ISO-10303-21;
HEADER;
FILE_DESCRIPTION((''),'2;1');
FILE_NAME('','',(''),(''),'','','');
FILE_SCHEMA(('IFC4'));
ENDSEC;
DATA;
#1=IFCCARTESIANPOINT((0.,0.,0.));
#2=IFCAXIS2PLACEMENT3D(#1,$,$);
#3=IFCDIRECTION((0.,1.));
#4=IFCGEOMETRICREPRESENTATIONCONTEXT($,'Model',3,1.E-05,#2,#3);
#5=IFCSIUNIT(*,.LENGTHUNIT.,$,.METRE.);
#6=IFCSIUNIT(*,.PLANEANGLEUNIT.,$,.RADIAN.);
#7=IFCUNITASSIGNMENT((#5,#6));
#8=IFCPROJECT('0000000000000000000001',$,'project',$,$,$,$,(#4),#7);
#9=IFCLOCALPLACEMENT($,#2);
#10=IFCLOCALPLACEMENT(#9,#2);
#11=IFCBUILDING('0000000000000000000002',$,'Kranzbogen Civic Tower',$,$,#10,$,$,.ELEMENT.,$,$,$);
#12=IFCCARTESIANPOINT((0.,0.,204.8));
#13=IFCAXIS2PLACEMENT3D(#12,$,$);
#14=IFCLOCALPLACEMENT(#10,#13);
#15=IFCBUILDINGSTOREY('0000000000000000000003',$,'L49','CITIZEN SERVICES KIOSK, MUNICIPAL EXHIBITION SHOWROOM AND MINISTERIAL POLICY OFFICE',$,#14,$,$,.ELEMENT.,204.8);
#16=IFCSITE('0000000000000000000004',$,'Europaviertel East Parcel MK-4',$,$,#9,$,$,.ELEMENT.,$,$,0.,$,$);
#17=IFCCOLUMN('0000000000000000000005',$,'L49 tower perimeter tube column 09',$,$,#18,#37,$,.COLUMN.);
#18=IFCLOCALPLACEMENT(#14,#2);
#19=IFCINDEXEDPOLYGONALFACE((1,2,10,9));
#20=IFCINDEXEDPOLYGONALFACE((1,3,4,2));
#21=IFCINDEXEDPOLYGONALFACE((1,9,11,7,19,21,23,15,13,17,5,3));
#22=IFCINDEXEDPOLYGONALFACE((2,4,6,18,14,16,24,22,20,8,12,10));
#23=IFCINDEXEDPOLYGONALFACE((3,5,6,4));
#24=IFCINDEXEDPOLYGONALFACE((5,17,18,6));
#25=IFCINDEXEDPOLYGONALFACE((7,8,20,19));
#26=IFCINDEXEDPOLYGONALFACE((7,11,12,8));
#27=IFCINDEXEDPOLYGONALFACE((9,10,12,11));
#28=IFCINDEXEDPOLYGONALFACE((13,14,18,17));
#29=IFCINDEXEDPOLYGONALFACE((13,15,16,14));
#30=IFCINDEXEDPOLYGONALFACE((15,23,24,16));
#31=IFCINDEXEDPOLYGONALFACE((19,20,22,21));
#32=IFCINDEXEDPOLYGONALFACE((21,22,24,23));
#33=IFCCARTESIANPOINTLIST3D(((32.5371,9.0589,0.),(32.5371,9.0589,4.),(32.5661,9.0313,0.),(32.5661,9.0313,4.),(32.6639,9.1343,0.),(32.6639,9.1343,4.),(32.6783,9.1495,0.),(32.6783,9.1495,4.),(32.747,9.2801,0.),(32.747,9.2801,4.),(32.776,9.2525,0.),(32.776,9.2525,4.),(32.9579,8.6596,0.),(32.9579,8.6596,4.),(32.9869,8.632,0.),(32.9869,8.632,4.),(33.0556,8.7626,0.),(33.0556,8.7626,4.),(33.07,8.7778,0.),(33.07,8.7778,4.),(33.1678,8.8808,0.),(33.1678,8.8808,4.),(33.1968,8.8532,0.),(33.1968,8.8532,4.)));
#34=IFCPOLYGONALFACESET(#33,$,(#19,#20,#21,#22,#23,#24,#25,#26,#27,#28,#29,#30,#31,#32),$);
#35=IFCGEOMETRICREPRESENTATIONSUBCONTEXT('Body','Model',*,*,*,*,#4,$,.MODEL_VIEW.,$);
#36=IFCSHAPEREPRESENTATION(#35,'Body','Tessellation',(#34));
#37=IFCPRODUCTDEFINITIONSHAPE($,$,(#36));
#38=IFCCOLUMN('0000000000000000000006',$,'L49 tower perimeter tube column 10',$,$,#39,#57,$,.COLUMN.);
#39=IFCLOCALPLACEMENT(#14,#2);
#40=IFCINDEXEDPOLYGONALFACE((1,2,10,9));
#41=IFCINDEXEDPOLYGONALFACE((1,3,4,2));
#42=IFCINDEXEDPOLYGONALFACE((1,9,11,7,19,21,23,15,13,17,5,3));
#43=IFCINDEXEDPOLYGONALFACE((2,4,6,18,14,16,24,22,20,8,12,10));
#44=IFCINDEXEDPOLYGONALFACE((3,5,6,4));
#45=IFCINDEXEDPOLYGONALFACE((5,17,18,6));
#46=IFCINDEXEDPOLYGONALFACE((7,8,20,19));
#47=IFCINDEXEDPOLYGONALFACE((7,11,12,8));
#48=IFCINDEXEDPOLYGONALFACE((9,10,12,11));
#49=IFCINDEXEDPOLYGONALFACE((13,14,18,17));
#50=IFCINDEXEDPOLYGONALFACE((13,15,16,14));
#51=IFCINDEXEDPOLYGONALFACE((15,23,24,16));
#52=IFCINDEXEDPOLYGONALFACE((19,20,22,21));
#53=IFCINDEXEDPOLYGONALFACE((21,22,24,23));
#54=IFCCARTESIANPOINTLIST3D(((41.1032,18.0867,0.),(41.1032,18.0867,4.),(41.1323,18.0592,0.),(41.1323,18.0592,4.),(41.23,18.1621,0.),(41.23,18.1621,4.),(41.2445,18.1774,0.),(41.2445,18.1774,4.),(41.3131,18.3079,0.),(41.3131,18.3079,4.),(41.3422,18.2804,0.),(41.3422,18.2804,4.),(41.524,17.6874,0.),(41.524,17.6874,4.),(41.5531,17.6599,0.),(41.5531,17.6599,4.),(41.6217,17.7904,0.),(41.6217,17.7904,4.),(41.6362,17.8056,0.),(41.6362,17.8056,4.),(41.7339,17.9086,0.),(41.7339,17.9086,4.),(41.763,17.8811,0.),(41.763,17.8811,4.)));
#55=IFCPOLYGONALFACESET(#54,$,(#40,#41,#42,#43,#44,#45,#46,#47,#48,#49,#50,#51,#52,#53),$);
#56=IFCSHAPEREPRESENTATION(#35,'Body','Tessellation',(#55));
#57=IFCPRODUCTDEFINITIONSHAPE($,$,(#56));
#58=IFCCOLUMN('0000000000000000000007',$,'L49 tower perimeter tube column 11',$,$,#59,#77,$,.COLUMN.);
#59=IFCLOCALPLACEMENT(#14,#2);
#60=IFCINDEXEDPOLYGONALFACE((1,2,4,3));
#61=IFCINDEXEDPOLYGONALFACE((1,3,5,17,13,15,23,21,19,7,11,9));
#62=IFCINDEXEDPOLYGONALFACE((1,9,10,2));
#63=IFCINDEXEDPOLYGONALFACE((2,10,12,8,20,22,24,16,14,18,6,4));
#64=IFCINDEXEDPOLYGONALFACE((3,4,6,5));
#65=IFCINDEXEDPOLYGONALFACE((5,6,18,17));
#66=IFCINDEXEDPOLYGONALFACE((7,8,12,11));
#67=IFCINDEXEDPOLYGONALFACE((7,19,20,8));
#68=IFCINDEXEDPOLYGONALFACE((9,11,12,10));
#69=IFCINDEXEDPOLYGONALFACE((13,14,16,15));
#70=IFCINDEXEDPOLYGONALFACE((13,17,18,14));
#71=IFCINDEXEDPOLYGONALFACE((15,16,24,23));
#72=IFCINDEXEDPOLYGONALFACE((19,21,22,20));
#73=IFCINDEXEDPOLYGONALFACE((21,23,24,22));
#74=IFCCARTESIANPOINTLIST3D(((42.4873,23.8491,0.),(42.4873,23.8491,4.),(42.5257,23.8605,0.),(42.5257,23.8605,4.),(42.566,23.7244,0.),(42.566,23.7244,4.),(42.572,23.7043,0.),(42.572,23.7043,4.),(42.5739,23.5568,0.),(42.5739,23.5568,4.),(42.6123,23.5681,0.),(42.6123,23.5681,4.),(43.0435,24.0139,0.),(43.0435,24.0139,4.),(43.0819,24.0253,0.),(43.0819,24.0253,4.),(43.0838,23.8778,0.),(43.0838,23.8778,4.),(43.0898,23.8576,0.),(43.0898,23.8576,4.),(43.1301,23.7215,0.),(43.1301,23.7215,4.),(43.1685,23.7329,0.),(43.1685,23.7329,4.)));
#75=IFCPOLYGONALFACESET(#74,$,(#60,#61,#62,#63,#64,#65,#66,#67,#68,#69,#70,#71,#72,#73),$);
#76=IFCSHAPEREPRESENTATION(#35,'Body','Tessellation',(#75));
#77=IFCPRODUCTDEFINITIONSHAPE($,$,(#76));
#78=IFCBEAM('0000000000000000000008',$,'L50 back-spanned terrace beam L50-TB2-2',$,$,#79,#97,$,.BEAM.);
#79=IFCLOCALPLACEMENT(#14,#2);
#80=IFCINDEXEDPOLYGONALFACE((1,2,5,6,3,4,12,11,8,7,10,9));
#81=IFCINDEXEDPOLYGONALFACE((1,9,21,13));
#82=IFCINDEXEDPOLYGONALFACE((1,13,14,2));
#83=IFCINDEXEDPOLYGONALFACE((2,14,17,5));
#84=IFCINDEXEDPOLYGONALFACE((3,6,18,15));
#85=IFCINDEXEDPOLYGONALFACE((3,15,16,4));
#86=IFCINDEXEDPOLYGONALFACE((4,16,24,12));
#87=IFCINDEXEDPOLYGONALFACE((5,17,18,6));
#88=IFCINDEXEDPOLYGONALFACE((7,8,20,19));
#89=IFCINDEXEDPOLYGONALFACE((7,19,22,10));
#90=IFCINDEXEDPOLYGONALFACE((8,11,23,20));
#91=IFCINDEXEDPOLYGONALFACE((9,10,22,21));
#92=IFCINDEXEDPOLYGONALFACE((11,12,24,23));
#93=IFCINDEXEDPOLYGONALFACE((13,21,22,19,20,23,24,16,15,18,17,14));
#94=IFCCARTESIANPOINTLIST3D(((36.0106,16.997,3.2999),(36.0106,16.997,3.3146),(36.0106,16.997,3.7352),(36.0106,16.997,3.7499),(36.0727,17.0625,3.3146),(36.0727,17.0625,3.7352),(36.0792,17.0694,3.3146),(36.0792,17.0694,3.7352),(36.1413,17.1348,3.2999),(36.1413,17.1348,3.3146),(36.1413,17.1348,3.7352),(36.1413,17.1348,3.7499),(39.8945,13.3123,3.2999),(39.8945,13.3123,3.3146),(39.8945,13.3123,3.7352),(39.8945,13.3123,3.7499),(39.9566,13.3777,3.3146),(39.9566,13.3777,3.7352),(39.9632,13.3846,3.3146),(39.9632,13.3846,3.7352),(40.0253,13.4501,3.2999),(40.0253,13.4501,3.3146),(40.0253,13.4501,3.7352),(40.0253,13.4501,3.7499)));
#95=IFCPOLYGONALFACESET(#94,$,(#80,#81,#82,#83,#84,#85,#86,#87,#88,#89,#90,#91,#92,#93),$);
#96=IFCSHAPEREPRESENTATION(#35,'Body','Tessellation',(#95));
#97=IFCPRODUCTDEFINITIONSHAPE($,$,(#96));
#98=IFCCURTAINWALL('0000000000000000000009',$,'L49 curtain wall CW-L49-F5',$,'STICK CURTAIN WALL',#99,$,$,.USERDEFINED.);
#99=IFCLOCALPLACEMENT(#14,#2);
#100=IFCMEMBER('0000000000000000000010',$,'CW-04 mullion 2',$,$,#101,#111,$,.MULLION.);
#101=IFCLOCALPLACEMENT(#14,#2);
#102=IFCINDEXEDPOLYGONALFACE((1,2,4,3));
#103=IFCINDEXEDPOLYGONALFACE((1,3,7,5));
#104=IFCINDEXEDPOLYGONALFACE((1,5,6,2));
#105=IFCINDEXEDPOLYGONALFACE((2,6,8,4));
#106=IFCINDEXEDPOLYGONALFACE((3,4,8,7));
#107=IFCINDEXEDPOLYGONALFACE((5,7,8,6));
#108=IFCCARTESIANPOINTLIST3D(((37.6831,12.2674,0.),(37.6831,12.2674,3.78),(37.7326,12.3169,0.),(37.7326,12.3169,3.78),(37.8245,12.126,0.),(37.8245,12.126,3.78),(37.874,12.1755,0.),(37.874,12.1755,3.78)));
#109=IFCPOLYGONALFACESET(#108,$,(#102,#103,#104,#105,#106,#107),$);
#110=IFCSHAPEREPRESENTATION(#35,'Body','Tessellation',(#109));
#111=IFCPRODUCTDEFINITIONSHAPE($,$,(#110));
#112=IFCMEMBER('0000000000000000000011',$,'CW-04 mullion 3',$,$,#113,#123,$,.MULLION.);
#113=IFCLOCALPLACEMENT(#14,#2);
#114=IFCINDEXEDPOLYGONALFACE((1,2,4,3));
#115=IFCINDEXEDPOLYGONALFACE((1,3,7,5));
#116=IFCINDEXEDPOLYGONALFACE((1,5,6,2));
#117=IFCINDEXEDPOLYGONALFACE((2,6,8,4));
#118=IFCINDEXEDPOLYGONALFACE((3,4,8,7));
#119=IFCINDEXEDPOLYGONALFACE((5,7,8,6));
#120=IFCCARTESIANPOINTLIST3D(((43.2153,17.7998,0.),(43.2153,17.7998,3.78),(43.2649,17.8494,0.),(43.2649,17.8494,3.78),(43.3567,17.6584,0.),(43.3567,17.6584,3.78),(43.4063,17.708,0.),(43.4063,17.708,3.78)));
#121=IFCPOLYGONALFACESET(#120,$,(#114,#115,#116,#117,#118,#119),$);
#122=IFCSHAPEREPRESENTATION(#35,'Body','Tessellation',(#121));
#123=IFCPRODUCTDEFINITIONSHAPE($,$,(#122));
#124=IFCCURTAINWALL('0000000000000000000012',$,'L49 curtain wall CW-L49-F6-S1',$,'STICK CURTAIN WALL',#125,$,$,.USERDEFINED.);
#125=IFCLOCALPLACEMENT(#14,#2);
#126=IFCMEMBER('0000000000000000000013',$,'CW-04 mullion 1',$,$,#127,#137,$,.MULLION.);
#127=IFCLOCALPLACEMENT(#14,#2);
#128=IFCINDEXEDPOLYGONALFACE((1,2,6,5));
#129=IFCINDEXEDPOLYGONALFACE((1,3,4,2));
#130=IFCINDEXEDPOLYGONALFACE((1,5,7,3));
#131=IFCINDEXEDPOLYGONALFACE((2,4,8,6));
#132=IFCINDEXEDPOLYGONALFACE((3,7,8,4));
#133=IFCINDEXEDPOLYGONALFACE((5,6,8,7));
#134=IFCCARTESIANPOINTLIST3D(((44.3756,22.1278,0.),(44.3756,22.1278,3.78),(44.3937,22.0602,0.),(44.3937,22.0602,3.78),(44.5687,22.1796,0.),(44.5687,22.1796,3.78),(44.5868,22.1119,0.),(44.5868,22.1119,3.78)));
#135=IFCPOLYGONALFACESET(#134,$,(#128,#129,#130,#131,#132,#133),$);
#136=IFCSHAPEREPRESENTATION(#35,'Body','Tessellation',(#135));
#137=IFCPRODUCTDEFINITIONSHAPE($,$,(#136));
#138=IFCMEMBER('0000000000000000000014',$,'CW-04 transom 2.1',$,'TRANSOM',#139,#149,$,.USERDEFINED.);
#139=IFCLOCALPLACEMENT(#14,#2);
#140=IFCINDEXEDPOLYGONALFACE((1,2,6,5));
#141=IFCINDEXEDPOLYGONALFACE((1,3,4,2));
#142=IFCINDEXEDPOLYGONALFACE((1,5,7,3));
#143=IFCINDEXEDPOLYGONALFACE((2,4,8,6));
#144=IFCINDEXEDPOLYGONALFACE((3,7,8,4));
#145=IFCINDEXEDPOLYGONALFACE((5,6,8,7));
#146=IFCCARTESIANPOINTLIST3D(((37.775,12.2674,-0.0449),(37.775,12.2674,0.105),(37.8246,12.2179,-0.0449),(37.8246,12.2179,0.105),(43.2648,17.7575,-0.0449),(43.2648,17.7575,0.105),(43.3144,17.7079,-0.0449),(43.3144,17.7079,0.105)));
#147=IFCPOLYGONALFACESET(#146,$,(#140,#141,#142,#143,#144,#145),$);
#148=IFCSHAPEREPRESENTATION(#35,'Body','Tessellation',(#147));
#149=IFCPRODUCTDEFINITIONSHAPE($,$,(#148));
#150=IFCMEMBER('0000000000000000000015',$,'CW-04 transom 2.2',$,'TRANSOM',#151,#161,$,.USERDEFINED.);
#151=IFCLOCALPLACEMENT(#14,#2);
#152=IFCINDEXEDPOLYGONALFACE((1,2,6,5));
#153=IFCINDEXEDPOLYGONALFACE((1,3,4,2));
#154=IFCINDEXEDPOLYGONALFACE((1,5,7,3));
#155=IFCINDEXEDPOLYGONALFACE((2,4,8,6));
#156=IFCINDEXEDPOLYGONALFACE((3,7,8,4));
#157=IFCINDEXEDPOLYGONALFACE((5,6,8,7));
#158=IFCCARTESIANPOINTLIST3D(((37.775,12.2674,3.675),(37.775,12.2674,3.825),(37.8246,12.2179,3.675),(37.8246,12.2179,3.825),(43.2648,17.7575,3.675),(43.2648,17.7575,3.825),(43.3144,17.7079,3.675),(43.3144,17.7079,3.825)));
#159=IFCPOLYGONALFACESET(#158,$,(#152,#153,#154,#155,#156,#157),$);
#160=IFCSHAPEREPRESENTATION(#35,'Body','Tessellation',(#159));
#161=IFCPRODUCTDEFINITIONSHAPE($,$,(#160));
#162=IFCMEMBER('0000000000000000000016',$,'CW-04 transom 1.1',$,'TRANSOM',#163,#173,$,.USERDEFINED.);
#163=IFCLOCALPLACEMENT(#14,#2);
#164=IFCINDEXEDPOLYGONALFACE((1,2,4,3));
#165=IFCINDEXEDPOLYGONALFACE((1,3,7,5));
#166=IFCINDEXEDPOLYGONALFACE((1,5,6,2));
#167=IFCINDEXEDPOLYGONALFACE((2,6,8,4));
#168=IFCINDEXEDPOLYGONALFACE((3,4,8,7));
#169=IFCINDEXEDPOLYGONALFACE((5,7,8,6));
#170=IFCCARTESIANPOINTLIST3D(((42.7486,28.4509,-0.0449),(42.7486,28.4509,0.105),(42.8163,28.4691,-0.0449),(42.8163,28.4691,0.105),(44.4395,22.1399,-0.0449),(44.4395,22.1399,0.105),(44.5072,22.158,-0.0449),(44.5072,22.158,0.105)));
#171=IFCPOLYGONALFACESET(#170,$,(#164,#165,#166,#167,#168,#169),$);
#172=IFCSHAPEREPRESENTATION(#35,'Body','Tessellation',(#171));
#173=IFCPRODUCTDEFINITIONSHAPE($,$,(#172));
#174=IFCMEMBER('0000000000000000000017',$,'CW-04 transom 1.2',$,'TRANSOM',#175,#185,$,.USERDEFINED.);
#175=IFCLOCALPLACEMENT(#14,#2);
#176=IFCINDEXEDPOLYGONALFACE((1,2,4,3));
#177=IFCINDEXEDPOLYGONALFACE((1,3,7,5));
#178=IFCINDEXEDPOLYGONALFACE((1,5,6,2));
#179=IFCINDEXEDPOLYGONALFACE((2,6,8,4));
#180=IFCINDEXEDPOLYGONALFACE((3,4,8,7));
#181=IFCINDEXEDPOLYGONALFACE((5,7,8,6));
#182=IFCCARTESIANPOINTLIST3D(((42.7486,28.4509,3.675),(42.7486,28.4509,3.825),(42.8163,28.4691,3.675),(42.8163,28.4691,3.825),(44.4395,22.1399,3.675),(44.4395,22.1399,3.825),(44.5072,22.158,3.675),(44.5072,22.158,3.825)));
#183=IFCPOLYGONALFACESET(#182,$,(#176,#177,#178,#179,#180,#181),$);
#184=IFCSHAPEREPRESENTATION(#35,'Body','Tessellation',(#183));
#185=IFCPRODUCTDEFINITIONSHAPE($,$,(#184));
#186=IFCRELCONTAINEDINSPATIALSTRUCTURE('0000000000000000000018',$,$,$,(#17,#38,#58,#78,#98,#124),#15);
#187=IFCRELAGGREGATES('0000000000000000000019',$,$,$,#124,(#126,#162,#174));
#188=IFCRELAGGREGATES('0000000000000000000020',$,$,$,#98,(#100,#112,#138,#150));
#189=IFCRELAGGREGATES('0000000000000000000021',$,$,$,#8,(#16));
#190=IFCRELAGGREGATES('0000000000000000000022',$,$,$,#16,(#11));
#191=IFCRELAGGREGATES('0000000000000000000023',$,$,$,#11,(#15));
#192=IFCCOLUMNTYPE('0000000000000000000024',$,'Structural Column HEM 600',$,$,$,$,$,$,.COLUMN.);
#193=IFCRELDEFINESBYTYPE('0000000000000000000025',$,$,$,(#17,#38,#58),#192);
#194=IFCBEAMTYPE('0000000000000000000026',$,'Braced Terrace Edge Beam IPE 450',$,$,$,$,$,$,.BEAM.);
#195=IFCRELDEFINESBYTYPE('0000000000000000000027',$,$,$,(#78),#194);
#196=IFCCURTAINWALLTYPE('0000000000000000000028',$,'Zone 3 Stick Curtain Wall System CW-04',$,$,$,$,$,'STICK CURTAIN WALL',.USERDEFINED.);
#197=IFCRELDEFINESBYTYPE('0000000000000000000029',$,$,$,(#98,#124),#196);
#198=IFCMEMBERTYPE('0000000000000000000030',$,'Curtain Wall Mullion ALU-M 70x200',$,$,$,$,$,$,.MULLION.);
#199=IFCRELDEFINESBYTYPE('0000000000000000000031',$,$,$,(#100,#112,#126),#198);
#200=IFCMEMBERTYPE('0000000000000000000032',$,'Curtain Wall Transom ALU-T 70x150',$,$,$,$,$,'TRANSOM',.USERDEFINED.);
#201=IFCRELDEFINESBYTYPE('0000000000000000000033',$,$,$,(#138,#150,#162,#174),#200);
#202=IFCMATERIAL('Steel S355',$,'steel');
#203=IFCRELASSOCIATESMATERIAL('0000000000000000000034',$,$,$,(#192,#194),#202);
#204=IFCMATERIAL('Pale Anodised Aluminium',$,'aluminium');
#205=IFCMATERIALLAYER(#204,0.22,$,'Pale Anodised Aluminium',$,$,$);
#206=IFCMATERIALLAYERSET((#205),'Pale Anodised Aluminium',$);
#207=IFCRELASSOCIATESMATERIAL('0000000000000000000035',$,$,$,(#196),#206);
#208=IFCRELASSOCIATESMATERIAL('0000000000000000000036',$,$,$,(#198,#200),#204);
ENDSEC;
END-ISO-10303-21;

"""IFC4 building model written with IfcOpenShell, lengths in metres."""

from ifc_helpers import new_model, si_unit, direction, frame, origin, origin_2d, place, context, subcontext, project, spatial, rectangle, i_section, extrude, material, layer, layer_set, material_profile, profile_set, type_object, element, aggregate, save


model = new_model("IFC4")

# Units and contexts
model_context = context("Model", 3, precision=1e-05, world=origin(), true_north=direction((0.0, 1.0)))
body_context = subcontext(model_context, "Body", "Model", "MODEL_VIEW")
ifc_project = project(units=[si_unit("LENGTHUNIT", "METRE"), si_unit("PLANEANGLEUNIT", "RADIAN")], contexts=[model_context])

# Site, building, storey
site_placement = place(None, origin())
site = spatial("IfcSite", under=ifc_project, at=site_placement, Name="Europaviertel East Parcel MK-4", CompositionType="ELEMENT", RefElevation=0.0)
building_placement = place(site_placement, origin())
building = spatial("IfcBuilding", under=site, at=building_placement, Name="Kranzbogen Civic Tower", CompositionType="ELEMENT")
storey_placement = place(building_placement, frame((0.0, 0.0, 204.8)))
storey = spatial("IfcBuildingStorey", under=building, at=storey_placement, Name="L49", Description="CITIZEN SERVICES KIOSK, MUNICIPAL EXHIBITION SHOWROOM AND MINISTERIAL POLICY OFFICE", CompositionType="ELEMENT", Elevation=204.8)

# Columns
ifc_material_1 = material(Name="Steel S355", Category="steel")
ifc_material_profile_1 = material_profile(ifc_material_1, i_section(OverallWidth=0.3049, OverallDepth=0.6201, WebThickness=0.021, FlangeThickness=0.04, at=origin_2d()), Name="HEM 600")
ifc_profile_set_1 = profile_set([ifc_material_profile_1], Name="Steel S355")
column_type = type_object("IfcColumnType", Name="Structural Column HEM 600", PredefinedType="COLUMN", material=ifc_profile_set_1)
for number, where, z_axis, x_axis, name in (
    (1, (32.8669, 8.9561, 0.0), (0.0, 0.0, 1.0), (0.688355, 0.725374, 0.0), "L49 tower perimeter tube column 09"),
    (2, (41.4331, 17.9839, 0.0), (0.0, 0.0, 1.0), (0.688355, 0.725374, 0.0), "L49 tower perimeter tube column 10"),
    (3, (42.8279, 23.791, 0.0), (0.0, 0.0, 1.0), (-0.284015, 0.95882, 0.0), "L49 tower perimeter tube column 11"),
):
    element("IfcColumn", number, at=place(storey_placement, frame(where, z_axis=z_axis, x_axis=x_axis)), inside=storey, type_object=column_type, Name=name, PredefinedType="COLUMN", context=body_context, shape_type="SweptSolid", body=[
        extrude(i_section(OverallWidth=0.3049, OverallDepth=0.6201, WebThickness=0.021, FlangeThickness=0.04, at=origin_2d()), origin(), (0.0, 0.0, 1.0), 4.0),
    ])

# Beam
ifc_material_profile_2 = material_profile(ifc_material_1, i_section(OverallWidth=0.1899, OverallDepth=0.45, WebThickness=0.0095, FlangeThickness=0.0146, at=origin_2d()), Name="IPE 450")
ifc_profile_set_2 = profile_set([ifc_material_profile_2], Name="Steel S355")
beam_type_1 = type_object("IfcBeamType", Name="Braced Terrace Edge Beam IPE 450", PredefinedType="BEAM", material=ifc_profile_set_2)
beam_1_placement = place(storey_placement, frame((36.0759, 17.0659, 3.5249), z_axis=(0.725467, -0.688257, 0.0), x_axis=(0.688257, 0.725467, 0.0)))
element("IfcBeam", 4, at=beam_1_placement, inside=storey, type_object=beam_type_1, Name="L50 back-spanned terrace beam L50-TB2-2", PredefinedType="BEAM", context=body_context, shape_type="SweptSolid", body=[
    extrude(i_section(OverallWidth=0.1899, OverallDepth=0.45, WebThickness=0.0095, FlangeThickness=0.0146, at=origin_2d()), origin(), (0.0, 0.0, 1.0), 5.3538),
])

# Curtain wall, members
ifc_material_2 = material(Name="Pale Anodised Aluminium", Category="aluminium")
ifc_layer_1 = layer(ifc_material_2, 0.22, Name="Pale Anodised Aluminium")
ifc_layer_set_1 = layer_set([ifc_layer_1], Name="Pale Anodised Aluminium")
curtain_wall_type = type_object("IfcCurtainWallType", Name="Zone 3 Stick Curtain Wall System CW-04", ElementType="STICK CURTAIN WALL", PredefinedType="USERDEFINED", material=ifc_layer_set_1)
curtain_wall_1_placement = place(storey_placement, origin())
curtain_wall_1 = element("IfcCurtainWall", 5, at=curtain_wall_1_placement, inside=storey, type_object=curtain_wall_type, Name="L49 curtain wall CW-L49-F5", ObjectType="STICK CURTAIN WALL", PredefinedType="USERDEFINED")
ifc_material_profile_3 = material_profile(ifc_material_2, rectangle(XDim=0.0701, YDim=0.2, at=origin_2d()), Name="ALU-M 70x200")
ifc_profile_set_3 = profile_set([ifc_material_profile_3], Name="Pale Anodised Aluminium")
member_type_1 = type_object("IfcMemberType", Name="Curtain Wall Mullion ALU-M 70x200", PredefinedType="MULLION", material=ifc_profile_set_3)
member_1_placement = place(storey_placement, frame((37.7786, 12.2214, 0.0), z_axis=(0.0, 0.0, 1.0), x_axis=(0.707107, 0.707107, 0.0)))
member_1 = element("IfcMember", 6, at=member_1_placement, type_object=member_type_1, Name="CW-04 mullion 2", PredefinedType="MULLION", context=body_context, shape_type="SweptSolid", body=[
    extrude(rectangle(XDim=0.0701, YDim=0.2, at=origin_2d()), origin(), (0.0, 0.0, 1.0), 3.78),
])
member_2_placement = place(storey_placement, frame((43.3108, 17.7539, 0.0), z_axis=(0.0, 0.0, 1.0), x_axis=(0.707107, 0.707107, 0.0)))
member_2 = element("IfcMember", 7, at=member_2_placement, type_object=member_type_1, Name="CW-04 mullion 3", PredefinedType="MULLION", context=body_context, shape_type="SweptSolid", body=[
    extrude(rectangle(XDim=0.0701, YDim=0.2, at=origin_2d()), origin(), (0.0, 0.0, 1.0), 3.78),
])

# Curtain wall, member
curtain_wall_2_placement = place(storey_placement, origin())
curtain_wall_2 = element("IfcCurtainWall", 8, at=curtain_wall_2_placement, inside=storey, type_object=curtain_wall_type, Name="L49 curtain wall CW-L49-F6-S1", ObjectType="STICK CURTAIN WALL", PredefinedType="USERDEFINED")
member_3_placement = place(storey_placement, frame((44.4812, 22.1199, 0.0), z_axis=(0.0, 0.0, 1.0), x_axis=(-0.258804, 0.96593, 0.0)))
member_3 = element("IfcMember", 9, at=member_3_placement, type_object=member_type_1, Name="CW-04 mullion 1", PredefinedType="MULLION", context=body_context, shape_type="SweptSolid", body=[
    extrude(rectangle(XDim=0.0701, YDim=0.2, at=origin_2d()), origin(), (0.0, 0.0, 1.0), 3.78),
])

# Members
ifc_material_profile_4 = material_profile(ifc_material_2, rectangle(XDim=0.0701, YDim=0.1499, at=origin_2d()), Name="ALU-T 70x150")
ifc_profile_set_4 = profile_set([ifc_material_profile_4], Name="Pale Anodised Aluminium")
member_type_2 = type_object("IfcMemberType", Name="Curtain Wall Transom ALU-T 70x150", ElementType="TRANSOM", PredefinedType="USERDEFINED", material=ifc_profile_set_4)
member_4_placement = place(storey_placement, frame((37.7998, 12.2427, 0.03), z_axis=(0.707091, 0.707123, 0.0), x_axis=(-0.707123, 0.707091, 0.0)))
member_4 = element("IfcMember", 10, at=member_4_placement, type_object=member_type_2, Name="CW-04 transom 2.1", ObjectType="TRANSOM", PredefinedType="USERDEFINED", context=body_context, shape_type="SweptSolid", body=[
    extrude(rectangle(XDim=0.0701, YDim=0.1499, at=origin_2d()), origin(), (0.0, 0.0, 1.0), 7.7639),
])
member_5_placement = place(storey_placement, frame((37.7998, 12.2427, 3.75), z_axis=(0.707091, 0.707123, 0.0), x_axis=(-0.707123, 0.707091, 0.0)))
member_5 = element("IfcMember", 11, at=member_5_placement, type_object=member_type_2, Name="CW-04 transom 2.2", ObjectType="TRANSOM", PredefinedType="USERDEFINED", context=body_context, shape_type="SweptSolid", body=[
    extrude(rectangle(XDim=0.0701, YDim=0.1499, at=origin_2d()), origin(), (0.0, 0.0, 1.0), 7.7639),
])
member_6_placement = place(storey_placement, frame((44.4734, 22.1489, 0.03), z_axis=(-0.258802, 0.96593, 0.0), x_axis=(-0.96593, -0.258802, 0.0)))
member_6 = element("IfcMember", 12, at=member_6_placement, type_object=member_type_2, Name="CW-04 transom 1.1", ObjectType="TRANSOM", PredefinedType="USERDEFINED", context=body_context, shape_type="SweptSolid", body=[
    extrude(rectangle(XDim=0.0701, YDim=0.1499, at=origin_2d()), origin(), (0.0, 0.0, 1.0), 6.5337),
])
member_7_placement = place(storey_placement, frame((44.4734, 22.1489, 3.75), z_axis=(-0.258802, 0.96593, 0.0), x_axis=(-0.96593, -0.258802, 0.0)))
member_7 = element("IfcMember", 13, at=member_7_placement, type_object=member_type_2, Name="CW-04 transom 1.2", ObjectType="TRANSOM", PredefinedType="USERDEFINED", context=body_context, shape_type="SweptSolid", body=[
    extrude(rectangle(XDim=0.0701, YDim=0.1499, at=origin_2d()), origin(), (0.0, 0.0, 1.0), 6.5337),
])
aggregate(curtain_wall_2, [member_3, member_6, member_7])

aggregate(curtain_wall_1, [member_1, member_2, member_4, member_5])

save(model, "model.ifc")
